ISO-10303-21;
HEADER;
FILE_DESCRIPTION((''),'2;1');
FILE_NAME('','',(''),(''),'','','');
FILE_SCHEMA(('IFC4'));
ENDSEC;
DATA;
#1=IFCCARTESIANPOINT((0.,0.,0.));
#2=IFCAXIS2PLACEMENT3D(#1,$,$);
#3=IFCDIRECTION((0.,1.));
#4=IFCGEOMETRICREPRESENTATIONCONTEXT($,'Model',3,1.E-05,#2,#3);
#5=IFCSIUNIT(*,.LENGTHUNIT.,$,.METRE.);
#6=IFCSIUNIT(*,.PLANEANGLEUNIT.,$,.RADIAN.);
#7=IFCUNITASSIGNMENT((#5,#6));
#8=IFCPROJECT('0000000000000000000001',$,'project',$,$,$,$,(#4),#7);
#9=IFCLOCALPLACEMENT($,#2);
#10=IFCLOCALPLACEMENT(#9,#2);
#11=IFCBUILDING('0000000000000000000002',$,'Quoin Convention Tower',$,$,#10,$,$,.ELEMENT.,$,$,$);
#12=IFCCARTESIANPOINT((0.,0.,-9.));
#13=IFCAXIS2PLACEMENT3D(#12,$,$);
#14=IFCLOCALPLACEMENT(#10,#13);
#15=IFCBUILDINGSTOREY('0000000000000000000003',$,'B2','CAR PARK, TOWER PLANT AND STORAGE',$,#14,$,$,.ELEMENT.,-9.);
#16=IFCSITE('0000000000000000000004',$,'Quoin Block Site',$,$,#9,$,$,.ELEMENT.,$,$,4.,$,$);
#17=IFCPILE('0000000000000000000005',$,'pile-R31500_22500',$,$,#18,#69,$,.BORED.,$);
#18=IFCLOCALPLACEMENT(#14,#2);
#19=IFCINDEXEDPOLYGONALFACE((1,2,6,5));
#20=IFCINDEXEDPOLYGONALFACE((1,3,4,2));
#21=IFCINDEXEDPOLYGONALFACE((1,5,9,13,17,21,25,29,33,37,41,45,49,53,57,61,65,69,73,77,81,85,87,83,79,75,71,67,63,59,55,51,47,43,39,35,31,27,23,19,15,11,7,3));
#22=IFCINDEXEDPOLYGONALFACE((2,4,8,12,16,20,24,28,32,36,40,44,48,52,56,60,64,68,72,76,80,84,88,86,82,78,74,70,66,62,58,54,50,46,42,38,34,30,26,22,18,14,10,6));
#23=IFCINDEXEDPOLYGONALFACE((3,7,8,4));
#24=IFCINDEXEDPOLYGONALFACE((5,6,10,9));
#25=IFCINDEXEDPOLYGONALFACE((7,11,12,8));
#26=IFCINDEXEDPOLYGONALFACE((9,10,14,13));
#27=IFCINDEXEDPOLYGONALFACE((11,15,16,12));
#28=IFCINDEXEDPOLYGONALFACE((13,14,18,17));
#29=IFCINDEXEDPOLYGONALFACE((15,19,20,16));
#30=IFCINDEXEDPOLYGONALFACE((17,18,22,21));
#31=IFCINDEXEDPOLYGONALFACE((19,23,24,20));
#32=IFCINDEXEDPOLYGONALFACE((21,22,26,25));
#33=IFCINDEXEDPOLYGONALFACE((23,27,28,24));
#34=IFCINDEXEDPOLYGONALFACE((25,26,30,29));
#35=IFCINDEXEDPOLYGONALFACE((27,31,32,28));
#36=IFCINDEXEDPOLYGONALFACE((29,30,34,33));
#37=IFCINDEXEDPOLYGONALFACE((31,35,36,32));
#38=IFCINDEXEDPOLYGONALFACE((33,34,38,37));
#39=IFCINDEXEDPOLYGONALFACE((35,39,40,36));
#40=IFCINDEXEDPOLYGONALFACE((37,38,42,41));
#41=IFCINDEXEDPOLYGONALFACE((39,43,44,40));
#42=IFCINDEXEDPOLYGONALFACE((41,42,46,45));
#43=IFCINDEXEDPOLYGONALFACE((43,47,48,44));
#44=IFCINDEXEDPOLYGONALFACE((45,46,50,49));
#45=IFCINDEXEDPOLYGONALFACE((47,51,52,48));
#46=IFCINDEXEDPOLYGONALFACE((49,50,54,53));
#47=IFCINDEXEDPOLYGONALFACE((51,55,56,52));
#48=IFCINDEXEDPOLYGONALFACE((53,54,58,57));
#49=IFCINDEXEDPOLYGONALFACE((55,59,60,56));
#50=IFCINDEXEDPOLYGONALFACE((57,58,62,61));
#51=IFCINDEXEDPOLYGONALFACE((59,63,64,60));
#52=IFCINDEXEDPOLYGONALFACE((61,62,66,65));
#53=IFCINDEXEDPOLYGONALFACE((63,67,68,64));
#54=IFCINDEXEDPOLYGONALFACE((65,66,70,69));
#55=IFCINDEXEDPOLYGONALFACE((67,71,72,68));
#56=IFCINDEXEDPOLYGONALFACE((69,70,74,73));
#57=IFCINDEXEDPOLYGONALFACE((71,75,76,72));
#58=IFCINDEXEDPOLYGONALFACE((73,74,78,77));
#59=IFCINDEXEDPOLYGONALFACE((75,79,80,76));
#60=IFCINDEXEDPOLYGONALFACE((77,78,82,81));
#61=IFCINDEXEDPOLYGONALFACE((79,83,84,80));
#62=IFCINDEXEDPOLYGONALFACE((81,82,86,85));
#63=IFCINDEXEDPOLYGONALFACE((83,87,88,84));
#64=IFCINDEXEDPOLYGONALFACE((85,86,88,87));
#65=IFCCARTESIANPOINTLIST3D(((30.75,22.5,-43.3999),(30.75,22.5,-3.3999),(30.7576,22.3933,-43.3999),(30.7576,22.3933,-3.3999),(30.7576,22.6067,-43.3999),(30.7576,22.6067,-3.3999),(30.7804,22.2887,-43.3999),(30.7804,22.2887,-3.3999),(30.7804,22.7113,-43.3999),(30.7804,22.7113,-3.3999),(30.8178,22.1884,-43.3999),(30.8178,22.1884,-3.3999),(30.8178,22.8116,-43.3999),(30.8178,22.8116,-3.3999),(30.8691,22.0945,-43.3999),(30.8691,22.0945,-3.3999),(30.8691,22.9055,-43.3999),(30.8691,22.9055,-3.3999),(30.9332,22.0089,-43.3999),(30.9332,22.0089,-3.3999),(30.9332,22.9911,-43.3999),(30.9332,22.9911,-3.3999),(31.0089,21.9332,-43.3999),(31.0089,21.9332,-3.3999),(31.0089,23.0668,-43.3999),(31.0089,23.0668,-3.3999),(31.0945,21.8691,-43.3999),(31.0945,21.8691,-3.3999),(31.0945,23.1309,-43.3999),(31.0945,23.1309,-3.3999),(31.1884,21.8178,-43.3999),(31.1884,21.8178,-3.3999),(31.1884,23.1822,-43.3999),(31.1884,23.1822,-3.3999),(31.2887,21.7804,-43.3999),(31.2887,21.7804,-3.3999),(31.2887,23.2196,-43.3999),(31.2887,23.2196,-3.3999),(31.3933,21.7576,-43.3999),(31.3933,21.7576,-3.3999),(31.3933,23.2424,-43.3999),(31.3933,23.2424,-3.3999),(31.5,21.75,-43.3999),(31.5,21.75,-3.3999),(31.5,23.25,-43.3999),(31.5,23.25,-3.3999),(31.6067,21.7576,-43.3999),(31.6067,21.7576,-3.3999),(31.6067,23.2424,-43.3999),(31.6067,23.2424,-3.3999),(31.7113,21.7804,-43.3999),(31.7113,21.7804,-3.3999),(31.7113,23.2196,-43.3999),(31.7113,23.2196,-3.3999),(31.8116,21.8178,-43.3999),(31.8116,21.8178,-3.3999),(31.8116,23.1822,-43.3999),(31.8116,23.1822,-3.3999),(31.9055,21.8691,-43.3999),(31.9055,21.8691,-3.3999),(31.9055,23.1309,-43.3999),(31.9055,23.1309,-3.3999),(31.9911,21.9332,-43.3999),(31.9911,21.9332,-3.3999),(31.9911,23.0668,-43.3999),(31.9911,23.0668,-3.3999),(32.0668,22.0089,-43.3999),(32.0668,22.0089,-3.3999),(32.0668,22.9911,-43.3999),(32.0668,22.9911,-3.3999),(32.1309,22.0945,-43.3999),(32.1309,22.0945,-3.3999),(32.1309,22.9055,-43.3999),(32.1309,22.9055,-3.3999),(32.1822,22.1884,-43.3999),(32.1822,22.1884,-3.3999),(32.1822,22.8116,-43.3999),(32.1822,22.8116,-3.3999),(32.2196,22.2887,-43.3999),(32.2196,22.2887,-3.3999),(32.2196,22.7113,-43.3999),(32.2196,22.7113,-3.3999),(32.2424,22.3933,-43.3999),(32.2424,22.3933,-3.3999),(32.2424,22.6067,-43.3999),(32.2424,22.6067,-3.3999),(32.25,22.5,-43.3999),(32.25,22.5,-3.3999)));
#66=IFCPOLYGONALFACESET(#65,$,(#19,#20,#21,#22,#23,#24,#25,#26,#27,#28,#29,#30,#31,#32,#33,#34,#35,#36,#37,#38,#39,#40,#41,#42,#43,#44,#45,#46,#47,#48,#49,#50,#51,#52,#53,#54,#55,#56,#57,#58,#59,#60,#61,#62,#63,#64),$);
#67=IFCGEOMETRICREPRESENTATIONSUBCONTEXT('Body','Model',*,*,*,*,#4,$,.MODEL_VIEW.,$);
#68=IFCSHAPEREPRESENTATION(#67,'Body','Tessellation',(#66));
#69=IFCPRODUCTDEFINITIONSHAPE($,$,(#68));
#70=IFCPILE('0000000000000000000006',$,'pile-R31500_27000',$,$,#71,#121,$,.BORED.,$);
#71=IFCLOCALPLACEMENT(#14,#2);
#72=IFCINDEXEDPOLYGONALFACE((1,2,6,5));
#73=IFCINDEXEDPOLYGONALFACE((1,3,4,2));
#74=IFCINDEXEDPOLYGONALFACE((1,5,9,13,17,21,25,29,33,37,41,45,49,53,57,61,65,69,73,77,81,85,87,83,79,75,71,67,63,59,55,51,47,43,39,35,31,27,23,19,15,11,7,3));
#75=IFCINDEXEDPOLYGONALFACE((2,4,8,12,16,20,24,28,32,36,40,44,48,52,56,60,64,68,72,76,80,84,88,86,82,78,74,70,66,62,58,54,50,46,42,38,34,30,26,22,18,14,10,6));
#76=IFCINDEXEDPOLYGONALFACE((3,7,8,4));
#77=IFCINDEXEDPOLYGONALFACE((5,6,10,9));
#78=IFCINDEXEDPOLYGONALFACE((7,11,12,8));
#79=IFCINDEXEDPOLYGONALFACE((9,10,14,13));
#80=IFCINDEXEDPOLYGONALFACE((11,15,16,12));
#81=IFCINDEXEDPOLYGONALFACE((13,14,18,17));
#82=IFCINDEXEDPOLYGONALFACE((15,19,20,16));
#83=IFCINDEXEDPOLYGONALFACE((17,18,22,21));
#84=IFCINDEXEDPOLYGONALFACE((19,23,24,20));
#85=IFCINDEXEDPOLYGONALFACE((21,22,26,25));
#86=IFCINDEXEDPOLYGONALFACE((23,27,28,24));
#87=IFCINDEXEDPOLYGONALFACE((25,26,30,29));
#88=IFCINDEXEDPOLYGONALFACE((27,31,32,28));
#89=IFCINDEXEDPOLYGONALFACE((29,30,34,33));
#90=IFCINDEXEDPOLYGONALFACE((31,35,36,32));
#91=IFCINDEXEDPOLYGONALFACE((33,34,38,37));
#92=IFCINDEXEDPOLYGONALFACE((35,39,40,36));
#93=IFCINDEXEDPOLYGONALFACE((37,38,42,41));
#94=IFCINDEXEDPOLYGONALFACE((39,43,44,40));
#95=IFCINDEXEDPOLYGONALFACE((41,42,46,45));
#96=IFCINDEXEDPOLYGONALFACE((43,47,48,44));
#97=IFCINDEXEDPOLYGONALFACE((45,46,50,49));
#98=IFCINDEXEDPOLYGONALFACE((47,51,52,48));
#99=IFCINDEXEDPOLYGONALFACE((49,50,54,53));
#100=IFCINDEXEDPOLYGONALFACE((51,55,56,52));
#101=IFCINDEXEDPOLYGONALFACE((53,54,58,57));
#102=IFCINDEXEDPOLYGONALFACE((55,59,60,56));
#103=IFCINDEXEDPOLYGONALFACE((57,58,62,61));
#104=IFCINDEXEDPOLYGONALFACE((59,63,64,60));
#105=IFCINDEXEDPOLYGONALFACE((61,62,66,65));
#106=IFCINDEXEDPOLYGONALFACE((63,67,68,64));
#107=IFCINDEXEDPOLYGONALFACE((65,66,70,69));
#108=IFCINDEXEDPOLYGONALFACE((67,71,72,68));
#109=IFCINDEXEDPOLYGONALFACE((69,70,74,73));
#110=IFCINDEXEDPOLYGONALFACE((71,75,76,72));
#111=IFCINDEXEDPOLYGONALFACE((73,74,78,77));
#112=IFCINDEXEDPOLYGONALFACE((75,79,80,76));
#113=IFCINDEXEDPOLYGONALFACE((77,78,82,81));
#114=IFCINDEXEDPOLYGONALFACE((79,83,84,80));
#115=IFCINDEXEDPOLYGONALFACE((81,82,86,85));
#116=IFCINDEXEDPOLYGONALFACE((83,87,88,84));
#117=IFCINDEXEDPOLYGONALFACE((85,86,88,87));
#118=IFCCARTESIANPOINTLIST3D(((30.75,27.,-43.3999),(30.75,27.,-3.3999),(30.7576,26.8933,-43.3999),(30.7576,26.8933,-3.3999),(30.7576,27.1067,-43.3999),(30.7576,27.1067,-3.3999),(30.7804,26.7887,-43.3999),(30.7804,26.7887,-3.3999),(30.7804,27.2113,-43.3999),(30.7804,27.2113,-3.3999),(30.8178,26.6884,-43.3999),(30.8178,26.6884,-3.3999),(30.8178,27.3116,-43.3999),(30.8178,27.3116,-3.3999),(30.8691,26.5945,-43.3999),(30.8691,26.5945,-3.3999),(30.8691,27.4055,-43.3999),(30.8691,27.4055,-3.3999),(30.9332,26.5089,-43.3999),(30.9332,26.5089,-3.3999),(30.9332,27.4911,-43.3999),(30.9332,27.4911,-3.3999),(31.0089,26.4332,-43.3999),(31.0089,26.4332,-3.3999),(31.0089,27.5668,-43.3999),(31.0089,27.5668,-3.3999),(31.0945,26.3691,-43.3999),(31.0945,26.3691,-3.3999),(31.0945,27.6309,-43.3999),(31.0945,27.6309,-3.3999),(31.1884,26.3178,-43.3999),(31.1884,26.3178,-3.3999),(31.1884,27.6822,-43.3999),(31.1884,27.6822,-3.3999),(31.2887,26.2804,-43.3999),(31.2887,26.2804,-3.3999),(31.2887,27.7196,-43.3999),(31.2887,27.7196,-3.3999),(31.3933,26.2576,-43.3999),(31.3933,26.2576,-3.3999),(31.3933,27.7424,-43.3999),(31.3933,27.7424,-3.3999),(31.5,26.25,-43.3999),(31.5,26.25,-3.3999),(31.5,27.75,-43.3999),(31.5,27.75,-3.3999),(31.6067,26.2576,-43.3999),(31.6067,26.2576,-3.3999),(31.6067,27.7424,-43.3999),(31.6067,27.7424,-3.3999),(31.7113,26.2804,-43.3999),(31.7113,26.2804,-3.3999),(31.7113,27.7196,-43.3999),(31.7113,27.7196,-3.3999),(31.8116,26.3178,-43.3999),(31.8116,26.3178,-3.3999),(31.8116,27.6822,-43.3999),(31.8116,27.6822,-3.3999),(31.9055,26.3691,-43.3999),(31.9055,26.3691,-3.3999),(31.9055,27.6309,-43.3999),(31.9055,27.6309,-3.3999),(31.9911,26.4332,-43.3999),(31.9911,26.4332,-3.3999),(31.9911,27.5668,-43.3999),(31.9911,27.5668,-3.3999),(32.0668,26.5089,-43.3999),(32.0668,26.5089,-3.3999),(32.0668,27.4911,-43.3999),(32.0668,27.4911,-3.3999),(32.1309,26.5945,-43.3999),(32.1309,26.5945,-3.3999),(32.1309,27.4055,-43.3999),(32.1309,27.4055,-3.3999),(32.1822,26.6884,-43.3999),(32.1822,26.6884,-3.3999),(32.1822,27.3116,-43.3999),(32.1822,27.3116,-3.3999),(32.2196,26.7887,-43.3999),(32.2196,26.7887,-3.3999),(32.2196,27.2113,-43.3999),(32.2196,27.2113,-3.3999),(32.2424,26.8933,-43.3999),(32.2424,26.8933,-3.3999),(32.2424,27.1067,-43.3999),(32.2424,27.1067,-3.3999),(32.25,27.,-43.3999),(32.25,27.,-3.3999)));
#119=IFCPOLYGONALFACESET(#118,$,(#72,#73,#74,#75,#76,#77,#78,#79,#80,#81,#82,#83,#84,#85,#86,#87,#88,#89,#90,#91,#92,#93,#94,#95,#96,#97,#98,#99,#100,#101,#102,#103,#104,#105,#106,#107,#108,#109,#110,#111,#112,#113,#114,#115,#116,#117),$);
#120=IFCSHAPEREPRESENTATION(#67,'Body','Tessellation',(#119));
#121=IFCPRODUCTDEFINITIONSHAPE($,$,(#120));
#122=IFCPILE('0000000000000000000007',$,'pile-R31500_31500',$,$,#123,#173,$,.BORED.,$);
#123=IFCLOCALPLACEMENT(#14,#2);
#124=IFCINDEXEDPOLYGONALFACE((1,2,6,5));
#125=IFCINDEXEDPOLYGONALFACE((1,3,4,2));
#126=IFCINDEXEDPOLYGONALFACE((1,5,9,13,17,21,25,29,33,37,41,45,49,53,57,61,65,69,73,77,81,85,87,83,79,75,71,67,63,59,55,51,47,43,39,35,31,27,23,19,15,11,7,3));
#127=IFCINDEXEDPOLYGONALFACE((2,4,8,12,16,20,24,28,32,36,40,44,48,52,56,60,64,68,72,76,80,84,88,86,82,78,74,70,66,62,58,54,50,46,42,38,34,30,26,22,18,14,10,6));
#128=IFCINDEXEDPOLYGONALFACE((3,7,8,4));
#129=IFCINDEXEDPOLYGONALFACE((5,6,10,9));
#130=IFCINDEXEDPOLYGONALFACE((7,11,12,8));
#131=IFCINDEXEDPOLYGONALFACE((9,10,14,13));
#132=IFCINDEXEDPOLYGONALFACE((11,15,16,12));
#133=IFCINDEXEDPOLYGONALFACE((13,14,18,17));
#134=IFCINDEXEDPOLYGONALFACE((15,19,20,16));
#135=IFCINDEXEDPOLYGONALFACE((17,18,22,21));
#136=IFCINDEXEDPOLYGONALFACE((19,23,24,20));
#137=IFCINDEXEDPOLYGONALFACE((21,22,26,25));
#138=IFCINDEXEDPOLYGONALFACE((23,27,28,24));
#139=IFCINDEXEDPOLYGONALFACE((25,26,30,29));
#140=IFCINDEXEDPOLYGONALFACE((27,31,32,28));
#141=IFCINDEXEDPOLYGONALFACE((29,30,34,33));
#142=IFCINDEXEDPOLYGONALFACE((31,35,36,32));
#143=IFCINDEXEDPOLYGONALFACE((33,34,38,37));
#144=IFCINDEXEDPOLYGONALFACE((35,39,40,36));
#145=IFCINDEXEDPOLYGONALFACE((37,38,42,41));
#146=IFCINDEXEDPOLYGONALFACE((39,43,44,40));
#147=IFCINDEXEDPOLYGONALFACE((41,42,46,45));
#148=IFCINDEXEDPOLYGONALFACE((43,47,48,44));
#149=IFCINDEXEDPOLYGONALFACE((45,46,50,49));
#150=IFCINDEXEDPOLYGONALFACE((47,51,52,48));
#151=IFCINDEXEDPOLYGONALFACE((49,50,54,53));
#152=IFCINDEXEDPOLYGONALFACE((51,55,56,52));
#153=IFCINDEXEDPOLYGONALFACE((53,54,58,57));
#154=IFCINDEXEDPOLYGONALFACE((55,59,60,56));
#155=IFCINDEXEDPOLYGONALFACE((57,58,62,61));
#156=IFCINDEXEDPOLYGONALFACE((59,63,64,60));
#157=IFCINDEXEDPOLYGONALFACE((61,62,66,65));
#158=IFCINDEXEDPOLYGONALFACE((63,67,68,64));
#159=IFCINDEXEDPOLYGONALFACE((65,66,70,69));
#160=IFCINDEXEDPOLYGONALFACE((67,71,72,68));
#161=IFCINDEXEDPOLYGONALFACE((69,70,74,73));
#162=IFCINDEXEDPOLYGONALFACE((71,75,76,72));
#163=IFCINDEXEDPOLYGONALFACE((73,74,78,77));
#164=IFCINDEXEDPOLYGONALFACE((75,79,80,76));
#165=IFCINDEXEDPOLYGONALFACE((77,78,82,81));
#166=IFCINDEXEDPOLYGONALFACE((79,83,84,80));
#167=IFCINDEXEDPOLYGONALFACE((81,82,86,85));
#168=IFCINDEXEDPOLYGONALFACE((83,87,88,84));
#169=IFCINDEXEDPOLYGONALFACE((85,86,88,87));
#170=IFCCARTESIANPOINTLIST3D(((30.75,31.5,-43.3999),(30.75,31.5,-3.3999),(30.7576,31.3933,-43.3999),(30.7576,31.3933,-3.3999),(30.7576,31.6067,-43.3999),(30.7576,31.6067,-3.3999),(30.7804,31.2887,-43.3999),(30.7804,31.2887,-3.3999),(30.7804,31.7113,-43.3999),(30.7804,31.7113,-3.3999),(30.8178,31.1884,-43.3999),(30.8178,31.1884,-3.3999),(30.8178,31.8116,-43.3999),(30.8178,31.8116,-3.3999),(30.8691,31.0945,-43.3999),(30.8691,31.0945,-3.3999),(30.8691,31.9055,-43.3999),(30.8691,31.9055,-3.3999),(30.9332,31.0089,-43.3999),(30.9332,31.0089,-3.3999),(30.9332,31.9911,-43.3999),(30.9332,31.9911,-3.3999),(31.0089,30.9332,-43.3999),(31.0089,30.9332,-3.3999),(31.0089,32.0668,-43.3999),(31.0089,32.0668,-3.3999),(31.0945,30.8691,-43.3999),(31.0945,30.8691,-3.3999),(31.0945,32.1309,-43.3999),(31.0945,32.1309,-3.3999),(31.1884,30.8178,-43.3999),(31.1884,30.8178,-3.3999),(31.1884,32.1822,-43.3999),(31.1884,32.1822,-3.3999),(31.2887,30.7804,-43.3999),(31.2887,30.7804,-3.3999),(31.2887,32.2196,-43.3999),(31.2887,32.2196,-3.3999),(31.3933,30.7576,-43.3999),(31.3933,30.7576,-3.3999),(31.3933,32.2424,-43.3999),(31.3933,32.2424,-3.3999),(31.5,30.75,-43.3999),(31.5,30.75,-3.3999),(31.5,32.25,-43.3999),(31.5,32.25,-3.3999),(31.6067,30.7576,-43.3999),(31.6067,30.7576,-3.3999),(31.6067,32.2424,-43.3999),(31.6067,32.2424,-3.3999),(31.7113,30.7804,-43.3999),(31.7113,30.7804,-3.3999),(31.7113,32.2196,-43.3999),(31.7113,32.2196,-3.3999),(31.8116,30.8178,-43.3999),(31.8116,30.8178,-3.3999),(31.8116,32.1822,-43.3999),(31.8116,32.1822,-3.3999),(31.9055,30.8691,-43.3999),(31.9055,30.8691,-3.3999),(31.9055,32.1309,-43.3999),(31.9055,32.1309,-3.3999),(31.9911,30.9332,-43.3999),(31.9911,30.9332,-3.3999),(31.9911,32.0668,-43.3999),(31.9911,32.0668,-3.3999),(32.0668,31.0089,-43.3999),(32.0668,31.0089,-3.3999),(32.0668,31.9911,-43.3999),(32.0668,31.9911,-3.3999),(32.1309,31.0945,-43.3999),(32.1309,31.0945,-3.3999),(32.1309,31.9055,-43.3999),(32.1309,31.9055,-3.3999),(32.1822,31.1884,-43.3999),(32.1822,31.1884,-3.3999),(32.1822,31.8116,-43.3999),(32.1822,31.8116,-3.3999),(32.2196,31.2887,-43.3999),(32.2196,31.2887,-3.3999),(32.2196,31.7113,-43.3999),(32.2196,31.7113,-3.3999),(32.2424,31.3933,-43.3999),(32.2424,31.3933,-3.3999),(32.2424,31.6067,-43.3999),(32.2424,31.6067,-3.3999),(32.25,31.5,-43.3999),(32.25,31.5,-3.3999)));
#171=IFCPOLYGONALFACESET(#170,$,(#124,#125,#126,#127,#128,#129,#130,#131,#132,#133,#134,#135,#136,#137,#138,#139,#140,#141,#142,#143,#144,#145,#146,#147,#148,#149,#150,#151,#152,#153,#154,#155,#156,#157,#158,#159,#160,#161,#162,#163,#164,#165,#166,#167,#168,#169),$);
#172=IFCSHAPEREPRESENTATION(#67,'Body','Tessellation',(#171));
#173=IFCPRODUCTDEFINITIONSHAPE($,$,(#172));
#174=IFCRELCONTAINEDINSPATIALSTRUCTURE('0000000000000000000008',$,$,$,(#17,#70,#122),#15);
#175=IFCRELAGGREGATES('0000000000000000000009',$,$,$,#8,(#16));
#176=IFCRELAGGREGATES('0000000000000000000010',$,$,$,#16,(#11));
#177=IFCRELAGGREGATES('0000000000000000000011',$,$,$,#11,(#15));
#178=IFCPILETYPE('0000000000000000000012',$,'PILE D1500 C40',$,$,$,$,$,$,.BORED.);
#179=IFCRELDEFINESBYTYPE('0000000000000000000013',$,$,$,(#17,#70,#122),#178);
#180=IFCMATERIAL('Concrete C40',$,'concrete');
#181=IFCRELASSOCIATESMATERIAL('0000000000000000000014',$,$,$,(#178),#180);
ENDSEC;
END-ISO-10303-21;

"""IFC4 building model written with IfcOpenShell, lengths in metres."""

from ifc_helpers import new_model, si_unit, direction, frame, origin, origin_2d, place, context, subcontext, project, spatial, circle, extrude, material, material_profile, profile_set, type_object, element, save


model = new_model("IFC4")

# Units and contexts
model_context = context("Model", 3, precision=1e-05, world=origin(), true_north=direction((0.0, 1.0)))
body_context = subcontext(model_context, "Body", "Model", "MODEL_VIEW")
ifc_project = project(units=[si_unit("LENGTHUNIT", "METRE"), si_unit("PLANEANGLEUNIT", "RADIAN")], contexts=[model_context])

# Site, building, storey
site_placement = place(None, origin())
site = spatial("IfcSite", under=ifc_project, at=site_placement, Name="Quoin Block Site", CompositionType="ELEMENT", RefElevation=4.0)
building_placement = place(site_placement, origin())
building = spatial("IfcBuilding", under=site, at=building_placement, Name="Quoin Convention Tower", CompositionType="ELEMENT")
storey_placement = place(building_placement, frame((0.0, 0.0, -9.0)))
storey = spatial("IfcBuildingStorey", under=building, at=storey_placement, Name="B2", Description="CAR PARK, TOWER PLANT AND STORAGE", CompositionType="ELEMENT", Elevation=-9.0)

# Piles
ifc_material_1 = material(Name="Concrete C40", Category="concrete")
ifc_material_profile_1 = material_profile(ifc_material_1, circle(Radius=0.75, at=origin_2d()), Name="D1500")
ifc_profile_set_1 = profile_set([ifc_material_profile_1], Name="Concrete C40")
pile_type = type_object("IfcPileType", Name="PILE D1500 C40", PredefinedType="BORED", material=ifc_profile_set_1)
for number, where, z_axis, x_axis, name in (
    (1, (31.5, 22.5, -3.3999), (0.0, 0.0, -1.0), (1.0, 0.0, 0.0), "pile-R31500_22500"),
    (2, (31.5, 27.0, -3.3999), (0.0, 0.0, -1.0), (1.0, 0.0, 0.0), "pile-R31500_27000"),
    (3, (31.5, 31.5, -3.3999), (0.0, 0.0, -1.0), (1.0, 0.0, 0.0), "pile-R31500_31500"),
):
    element("IfcPile", number, at=place(storey_placement, frame(where, z_axis=z_axis, x_axis=x_axis)), inside=storey, type_object=pile_type, Name=name, PredefinedType="BORED", context=body_context, shape_type="SweptSolid", body=[
        extrude(circle(Radius=0.75, at=origin_2d()), origin(), (0.0, 0.0, 1.0), 40.0),
    ])

save(model, "model.ifc")
